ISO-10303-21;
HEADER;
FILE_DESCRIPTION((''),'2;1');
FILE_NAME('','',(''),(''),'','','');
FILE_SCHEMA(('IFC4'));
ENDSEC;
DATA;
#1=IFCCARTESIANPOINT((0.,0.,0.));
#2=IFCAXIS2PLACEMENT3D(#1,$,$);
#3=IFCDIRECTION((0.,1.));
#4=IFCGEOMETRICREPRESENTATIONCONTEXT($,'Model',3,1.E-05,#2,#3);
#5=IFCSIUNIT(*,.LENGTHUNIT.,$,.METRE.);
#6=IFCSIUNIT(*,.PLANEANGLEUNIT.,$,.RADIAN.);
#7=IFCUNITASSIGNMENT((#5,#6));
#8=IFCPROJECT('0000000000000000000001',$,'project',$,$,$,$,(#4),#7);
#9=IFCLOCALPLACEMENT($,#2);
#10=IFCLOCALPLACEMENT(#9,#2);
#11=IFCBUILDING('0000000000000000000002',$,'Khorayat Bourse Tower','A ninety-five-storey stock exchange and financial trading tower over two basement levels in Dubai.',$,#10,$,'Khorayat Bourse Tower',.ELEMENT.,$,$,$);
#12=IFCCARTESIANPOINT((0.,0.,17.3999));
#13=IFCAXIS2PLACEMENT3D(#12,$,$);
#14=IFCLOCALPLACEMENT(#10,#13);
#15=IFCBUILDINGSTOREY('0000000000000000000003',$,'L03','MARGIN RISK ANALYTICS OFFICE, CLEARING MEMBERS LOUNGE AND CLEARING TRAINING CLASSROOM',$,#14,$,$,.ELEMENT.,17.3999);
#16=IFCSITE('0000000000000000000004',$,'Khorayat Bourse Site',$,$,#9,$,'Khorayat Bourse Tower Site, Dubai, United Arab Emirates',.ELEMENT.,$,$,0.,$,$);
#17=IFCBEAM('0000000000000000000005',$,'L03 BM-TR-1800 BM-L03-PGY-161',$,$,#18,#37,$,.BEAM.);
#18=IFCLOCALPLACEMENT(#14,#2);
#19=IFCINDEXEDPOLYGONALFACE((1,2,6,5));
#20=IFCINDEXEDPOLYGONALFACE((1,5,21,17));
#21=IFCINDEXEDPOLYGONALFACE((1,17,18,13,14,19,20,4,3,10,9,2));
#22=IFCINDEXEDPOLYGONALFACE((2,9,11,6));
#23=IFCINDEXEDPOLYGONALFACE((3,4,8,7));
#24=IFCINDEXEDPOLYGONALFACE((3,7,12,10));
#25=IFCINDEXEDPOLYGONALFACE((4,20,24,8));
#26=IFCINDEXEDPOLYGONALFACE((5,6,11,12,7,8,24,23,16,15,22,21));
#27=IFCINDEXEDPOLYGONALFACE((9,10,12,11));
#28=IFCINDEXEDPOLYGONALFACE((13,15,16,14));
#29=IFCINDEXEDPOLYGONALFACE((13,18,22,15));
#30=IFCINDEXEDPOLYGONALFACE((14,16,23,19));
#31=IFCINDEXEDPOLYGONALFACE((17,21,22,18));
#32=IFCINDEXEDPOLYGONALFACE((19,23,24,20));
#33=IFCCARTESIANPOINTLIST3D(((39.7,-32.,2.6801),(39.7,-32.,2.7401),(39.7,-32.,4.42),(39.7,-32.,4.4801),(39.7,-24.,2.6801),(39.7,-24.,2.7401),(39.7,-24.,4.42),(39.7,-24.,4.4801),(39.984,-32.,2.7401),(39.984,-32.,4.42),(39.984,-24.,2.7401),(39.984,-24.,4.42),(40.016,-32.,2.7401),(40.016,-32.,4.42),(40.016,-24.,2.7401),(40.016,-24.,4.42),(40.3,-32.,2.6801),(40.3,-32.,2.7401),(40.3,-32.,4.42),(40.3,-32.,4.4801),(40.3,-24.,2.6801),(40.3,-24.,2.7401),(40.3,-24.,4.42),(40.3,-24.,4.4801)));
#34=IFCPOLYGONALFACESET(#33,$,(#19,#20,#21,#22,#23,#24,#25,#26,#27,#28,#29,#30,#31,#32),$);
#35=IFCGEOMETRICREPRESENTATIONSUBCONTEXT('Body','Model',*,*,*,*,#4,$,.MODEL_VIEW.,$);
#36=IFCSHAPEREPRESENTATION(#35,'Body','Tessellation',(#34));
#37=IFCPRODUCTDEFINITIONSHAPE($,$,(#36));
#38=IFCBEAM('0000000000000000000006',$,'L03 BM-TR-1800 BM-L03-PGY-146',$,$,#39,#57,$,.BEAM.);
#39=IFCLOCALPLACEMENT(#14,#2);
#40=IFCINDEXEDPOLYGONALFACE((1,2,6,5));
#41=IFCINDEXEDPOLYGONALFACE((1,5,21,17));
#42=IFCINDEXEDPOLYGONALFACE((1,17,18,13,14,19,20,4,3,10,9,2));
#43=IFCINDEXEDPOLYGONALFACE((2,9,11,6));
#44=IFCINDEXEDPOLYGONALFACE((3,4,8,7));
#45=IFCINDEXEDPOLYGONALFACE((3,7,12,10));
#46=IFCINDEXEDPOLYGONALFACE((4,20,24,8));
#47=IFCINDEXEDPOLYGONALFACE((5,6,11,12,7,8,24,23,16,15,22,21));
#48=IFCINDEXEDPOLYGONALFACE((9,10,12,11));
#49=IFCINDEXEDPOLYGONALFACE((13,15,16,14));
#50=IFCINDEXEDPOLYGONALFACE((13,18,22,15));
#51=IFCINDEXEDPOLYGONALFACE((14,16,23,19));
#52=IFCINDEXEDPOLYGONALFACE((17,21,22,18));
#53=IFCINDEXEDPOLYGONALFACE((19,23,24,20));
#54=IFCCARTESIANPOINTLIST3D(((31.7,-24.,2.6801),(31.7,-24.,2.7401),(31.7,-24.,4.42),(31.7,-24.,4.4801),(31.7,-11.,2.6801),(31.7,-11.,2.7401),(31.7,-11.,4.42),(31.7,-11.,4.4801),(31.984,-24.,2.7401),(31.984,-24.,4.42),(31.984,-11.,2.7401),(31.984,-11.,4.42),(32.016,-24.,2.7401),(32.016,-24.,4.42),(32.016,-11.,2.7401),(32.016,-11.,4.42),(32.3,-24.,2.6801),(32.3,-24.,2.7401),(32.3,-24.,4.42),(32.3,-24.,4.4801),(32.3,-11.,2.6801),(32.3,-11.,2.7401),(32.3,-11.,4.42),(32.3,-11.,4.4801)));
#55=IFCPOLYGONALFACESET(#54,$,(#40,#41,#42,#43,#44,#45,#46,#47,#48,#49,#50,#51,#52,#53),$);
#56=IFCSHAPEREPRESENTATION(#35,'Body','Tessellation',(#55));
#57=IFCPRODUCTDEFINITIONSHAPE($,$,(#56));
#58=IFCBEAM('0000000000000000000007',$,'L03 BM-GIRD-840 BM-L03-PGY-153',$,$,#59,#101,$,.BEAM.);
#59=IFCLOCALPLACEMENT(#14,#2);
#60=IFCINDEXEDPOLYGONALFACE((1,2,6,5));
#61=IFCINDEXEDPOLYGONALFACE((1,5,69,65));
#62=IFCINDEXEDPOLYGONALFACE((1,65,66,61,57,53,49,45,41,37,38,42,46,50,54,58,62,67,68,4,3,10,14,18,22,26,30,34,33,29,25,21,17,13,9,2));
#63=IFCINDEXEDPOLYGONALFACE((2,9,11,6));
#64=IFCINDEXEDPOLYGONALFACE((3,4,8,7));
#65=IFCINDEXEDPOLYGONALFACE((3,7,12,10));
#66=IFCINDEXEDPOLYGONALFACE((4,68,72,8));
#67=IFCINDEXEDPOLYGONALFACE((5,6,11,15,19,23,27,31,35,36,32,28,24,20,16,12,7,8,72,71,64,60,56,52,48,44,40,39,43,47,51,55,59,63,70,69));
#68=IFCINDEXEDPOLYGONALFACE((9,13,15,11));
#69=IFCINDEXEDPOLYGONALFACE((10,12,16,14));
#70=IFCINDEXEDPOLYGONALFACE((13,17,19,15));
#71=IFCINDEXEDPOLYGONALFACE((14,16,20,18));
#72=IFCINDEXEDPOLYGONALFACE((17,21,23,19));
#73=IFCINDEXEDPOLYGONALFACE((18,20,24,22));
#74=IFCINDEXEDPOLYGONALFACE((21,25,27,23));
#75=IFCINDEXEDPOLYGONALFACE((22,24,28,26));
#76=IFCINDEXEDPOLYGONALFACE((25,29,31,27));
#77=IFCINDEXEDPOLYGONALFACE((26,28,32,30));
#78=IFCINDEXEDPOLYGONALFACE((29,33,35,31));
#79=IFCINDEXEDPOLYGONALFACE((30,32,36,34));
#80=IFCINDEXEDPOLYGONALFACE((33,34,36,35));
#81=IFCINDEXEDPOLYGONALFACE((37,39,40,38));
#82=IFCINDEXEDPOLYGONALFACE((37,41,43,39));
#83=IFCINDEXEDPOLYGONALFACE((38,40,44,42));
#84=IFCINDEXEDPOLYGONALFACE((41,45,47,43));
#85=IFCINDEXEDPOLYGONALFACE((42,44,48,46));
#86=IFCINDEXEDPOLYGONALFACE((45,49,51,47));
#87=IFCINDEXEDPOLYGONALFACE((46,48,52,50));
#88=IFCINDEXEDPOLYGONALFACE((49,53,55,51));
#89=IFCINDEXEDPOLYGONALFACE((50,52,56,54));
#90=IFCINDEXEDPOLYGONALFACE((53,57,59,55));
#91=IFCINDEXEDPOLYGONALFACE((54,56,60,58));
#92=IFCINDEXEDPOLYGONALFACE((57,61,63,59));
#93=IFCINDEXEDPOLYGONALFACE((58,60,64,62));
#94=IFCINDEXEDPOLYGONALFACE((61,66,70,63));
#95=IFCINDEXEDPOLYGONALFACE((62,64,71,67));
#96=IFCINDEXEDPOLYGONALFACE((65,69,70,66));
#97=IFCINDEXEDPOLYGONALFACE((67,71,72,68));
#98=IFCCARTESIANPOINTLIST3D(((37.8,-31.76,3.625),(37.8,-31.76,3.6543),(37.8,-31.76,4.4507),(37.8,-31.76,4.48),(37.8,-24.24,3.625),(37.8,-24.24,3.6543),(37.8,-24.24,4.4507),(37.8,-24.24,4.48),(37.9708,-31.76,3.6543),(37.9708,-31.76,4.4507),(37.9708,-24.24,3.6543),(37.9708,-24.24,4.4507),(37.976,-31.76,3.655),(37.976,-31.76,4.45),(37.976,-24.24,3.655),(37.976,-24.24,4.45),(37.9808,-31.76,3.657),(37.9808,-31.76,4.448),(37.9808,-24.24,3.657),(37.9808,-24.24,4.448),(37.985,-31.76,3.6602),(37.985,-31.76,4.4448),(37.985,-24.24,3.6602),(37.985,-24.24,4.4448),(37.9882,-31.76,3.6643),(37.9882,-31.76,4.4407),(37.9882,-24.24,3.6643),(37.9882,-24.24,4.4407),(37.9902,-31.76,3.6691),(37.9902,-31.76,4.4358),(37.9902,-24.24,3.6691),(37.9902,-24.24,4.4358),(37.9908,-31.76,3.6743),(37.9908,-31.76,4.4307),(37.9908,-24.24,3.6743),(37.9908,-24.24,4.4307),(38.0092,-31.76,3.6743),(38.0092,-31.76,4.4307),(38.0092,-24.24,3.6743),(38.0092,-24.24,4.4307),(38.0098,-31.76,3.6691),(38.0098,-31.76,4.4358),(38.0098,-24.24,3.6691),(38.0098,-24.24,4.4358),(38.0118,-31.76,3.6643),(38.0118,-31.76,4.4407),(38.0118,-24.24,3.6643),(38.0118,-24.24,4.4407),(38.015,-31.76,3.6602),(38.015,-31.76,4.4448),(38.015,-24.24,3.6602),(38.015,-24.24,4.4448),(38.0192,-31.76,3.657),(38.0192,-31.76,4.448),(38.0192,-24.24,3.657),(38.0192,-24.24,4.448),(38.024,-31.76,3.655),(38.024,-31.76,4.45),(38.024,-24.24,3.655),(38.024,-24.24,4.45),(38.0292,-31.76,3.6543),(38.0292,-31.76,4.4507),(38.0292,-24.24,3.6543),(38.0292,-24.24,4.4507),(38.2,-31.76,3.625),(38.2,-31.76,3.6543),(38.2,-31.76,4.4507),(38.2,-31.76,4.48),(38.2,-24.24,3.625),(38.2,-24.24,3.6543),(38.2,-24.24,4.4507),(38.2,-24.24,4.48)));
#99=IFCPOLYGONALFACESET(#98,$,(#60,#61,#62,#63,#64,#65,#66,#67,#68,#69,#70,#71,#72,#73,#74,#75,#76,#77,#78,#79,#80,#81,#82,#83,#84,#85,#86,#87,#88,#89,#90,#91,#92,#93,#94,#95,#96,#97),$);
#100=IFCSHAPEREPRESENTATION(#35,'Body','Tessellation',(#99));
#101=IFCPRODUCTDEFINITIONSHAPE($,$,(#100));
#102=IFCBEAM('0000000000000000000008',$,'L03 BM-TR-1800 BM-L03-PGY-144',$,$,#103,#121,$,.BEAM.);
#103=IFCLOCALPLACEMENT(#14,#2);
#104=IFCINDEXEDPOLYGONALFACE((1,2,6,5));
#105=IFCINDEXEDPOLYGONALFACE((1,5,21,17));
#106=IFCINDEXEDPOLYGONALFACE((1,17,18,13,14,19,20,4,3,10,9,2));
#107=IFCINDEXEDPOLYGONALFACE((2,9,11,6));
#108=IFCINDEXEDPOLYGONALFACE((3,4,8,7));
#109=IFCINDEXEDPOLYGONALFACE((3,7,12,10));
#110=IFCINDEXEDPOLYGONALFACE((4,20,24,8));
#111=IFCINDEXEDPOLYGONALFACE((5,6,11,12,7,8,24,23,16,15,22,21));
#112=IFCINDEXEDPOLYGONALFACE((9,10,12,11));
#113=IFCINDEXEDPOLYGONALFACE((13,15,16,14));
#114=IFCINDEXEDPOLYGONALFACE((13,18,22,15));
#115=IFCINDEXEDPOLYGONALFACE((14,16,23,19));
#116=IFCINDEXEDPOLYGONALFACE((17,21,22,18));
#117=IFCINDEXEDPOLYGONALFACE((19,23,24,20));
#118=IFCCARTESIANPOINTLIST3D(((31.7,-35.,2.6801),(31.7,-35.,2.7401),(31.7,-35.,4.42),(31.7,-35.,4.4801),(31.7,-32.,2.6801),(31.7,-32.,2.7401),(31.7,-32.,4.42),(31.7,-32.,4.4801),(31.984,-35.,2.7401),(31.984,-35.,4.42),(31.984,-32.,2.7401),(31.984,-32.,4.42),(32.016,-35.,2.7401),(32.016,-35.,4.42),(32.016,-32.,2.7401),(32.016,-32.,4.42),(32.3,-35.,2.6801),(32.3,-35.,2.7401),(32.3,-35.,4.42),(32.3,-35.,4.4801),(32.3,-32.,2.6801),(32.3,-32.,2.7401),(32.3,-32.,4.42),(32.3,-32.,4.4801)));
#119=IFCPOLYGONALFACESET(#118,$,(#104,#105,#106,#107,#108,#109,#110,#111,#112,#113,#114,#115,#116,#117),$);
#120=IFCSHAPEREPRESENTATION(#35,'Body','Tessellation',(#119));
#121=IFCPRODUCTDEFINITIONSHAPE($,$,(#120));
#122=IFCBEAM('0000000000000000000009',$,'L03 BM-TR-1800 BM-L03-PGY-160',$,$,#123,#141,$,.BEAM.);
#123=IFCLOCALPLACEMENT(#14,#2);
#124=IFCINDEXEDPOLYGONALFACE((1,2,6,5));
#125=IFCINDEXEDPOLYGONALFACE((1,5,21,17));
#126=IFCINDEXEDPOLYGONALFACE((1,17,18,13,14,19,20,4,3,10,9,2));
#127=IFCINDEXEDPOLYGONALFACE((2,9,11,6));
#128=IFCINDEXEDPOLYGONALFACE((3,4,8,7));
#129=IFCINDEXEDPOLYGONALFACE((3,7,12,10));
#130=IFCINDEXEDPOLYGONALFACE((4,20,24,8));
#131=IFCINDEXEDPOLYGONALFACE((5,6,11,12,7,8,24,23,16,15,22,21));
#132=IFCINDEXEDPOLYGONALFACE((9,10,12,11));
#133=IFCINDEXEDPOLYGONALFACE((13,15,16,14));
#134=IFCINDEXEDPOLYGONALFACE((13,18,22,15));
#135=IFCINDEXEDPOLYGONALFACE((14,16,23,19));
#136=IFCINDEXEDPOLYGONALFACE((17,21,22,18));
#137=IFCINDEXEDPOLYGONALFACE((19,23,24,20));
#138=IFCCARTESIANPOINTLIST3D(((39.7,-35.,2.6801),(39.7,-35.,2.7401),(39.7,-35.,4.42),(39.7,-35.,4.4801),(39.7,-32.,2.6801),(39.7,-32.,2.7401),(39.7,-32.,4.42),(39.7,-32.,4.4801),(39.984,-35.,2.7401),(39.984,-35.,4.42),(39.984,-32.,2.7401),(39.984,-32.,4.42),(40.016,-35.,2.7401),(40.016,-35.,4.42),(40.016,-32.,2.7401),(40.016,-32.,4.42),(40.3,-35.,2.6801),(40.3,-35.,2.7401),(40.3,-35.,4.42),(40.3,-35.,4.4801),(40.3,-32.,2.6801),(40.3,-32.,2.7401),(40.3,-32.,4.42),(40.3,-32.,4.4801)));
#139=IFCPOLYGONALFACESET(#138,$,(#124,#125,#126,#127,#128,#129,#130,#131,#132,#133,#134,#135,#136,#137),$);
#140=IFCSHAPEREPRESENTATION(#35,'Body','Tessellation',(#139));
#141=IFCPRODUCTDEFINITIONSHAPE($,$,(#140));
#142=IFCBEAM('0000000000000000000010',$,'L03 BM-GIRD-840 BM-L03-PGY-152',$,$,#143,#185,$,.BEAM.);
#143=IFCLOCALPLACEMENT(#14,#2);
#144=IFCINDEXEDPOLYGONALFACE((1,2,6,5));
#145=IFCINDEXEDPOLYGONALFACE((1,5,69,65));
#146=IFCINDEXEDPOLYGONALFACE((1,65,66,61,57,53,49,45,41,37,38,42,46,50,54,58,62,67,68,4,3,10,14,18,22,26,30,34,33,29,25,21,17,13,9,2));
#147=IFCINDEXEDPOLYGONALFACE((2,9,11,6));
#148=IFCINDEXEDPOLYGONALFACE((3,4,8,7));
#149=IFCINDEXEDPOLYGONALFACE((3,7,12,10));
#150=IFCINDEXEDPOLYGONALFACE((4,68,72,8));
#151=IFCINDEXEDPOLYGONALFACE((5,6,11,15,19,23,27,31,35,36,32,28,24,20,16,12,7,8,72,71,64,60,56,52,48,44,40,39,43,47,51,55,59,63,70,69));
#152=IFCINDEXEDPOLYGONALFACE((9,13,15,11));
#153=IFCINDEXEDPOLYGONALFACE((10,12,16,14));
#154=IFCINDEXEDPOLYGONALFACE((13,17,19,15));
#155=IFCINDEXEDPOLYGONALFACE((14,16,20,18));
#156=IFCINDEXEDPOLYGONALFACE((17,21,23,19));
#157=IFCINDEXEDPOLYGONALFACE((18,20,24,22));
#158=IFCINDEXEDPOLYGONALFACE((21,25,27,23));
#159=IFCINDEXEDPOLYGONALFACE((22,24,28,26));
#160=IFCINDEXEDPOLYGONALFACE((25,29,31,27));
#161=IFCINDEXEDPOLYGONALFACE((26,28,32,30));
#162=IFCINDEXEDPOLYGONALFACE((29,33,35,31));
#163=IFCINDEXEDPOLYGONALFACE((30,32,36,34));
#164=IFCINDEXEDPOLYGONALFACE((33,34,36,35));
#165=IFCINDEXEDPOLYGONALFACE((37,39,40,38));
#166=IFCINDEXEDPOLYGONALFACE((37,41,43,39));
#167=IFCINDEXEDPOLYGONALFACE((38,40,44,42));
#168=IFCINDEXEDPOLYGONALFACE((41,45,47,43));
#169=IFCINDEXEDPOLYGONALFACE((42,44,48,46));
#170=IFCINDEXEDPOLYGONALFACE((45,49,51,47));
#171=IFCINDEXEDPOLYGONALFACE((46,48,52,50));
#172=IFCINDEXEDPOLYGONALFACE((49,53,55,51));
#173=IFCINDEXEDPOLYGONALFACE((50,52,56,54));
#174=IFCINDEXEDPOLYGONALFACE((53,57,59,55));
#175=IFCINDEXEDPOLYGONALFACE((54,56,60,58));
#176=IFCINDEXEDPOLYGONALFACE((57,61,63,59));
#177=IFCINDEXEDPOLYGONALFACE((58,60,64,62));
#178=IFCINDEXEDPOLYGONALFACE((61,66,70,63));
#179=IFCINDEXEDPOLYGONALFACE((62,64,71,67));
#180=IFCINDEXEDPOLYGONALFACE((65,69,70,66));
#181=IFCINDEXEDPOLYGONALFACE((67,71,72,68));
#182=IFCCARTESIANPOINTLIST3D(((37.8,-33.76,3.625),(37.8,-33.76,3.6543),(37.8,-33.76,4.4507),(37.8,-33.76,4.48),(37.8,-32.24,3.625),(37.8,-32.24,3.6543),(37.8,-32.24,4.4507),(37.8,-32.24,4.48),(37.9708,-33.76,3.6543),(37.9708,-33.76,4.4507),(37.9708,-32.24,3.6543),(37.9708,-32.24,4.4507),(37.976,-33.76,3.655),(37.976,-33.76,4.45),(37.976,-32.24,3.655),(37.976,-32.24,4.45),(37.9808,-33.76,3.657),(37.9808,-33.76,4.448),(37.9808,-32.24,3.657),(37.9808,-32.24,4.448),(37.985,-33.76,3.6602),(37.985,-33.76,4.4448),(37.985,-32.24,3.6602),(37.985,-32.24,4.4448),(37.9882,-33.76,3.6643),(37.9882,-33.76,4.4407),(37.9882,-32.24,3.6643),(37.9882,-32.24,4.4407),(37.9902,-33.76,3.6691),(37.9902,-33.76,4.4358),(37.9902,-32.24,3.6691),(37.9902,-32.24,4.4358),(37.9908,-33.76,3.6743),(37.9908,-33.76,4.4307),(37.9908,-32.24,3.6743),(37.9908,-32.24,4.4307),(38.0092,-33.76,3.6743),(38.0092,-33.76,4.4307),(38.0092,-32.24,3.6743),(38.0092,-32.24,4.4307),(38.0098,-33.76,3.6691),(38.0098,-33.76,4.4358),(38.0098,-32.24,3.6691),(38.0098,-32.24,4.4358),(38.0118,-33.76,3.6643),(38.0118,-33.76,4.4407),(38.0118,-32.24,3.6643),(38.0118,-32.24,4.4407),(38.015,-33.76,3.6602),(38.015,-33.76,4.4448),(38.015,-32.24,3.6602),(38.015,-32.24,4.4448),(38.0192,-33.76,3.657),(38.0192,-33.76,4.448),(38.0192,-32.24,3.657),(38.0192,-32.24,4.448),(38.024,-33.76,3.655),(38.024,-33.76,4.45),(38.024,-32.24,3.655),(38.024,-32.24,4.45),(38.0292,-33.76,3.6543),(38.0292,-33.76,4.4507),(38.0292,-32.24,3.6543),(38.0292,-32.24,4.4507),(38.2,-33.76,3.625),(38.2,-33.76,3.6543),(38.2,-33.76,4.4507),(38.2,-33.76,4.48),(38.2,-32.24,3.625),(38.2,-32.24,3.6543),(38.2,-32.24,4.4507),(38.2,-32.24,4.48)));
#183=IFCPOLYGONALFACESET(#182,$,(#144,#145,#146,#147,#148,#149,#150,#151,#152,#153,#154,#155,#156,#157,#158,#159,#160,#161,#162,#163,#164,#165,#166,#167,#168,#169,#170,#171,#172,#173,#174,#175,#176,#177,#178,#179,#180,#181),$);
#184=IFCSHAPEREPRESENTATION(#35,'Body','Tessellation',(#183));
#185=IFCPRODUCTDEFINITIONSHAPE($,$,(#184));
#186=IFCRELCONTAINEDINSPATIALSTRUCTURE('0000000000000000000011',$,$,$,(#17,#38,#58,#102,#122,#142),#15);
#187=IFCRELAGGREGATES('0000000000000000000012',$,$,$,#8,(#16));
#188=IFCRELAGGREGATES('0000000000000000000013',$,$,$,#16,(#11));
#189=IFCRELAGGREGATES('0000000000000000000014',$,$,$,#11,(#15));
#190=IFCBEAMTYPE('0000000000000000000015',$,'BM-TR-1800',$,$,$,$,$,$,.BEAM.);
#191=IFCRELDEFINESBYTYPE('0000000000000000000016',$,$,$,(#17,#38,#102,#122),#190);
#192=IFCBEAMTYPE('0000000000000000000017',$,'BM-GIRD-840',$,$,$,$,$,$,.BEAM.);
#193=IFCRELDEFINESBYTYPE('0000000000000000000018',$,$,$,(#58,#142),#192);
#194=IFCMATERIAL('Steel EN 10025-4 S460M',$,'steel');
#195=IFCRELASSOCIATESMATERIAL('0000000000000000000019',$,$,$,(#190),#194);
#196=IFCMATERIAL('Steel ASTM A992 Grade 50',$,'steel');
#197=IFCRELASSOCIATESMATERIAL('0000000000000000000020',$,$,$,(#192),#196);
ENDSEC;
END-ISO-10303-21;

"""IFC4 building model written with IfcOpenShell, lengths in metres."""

from ifc_helpers import new_model, si_unit, direction, frame, origin, origin_2d, place, context, subcontext, project, spatial, i_section, extrude, source, transform, mapped, material, material_profile, profile_set, type_object, element, save


model = new_model("IFC4")

# Units and contexts
model_context = context("Model", 3, precision=1e-05, world=origin(), true_north=direction((0.0, 1.0)))
body_context = subcontext(model_context, "Body", "Model", "MODEL_VIEW")
ifc_project = project(units=[si_unit("LENGTHUNIT", "METRE"), si_unit("PLANEANGLEUNIT", "RADIAN")], contexts=[model_context])

# Site, building, storey
site_placement = place(None, origin())
site = spatial("IfcSite", under=ifc_project, at=site_placement, Name="Khorayat Bourse Site", LongName="Khorayat Bourse Tower Site, Dubai, United Arab Emirates", CompositionType="ELEMENT", RefElevation=0.0)
building_placement = place(site_placement, origin())
building = spatial("IfcBuilding", under=site, at=building_placement, Name="Khorayat Bourse Tower", Description="A ninety-five-storey stock exchange and financial trading tower over two basement levels in Dubai.", LongName="Khorayat Bourse Tower", CompositionType="ELEMENT")
storey_placement = place(building_placement, frame((0.0, 0.0, 17.3999)))
storey = spatial("IfcBuildingStorey", under=building, at=storey_placement, Name="L03", Description="MARGIN RISK ANALYTICS OFFICE, CLEARING MEMBERS LOUNGE AND CLEARING TRAINING CLASSROOM", CompositionType="ELEMENT", Elevation=17.3999)

# Beams
ifc_material_1 = material(Name="Steel EN 10025-4 S460M", Category="steel")
ifc_material_profile_1 = material_profile(ifc_material_1, i_section(OverallWidth=0.6001, OverallDepth=1.8, WebThickness=0.032, FlangeThickness=0.0601, at=origin_2d()), Name="PG 1800x600x32x60")
ifc_profile_set_1 = profile_set([ifc_material_profile_1], Name="Steel EN 10025-4 S460M")
beam_type_1 = type_object("IfcBeamType", Name="BM-TR-1800", PredefinedType="BEAM", material=ifc_profile_set_1)
shared_shape_1 = source(origin(), body_context, "Body", "SweptSolid", [
    extrude(i_section(OverallWidth=0.6001, OverallDepth=1.8, WebThickness=0.032, FlangeThickness=0.0601, at=origin_2d()), origin(), (0.0, 0.0, 1.0), 8.0),
])
for number, where, z_axis, x_axis, name in (
    (1, (40.0, -32.0, 3.5801), (0.0, 1.0, 0.0), (-1.0, 0.0, 0.0), "L03 BM-TR-1800 BM-L03-PGY-161"),
):
    element("IfcBeam", number, at=place(storey_placement, frame(where, z_axis=z_axis, x_axis=x_axis)), inside=storey, type_object=beam_type_1, Name=name, PredefinedType="BEAM", context=body_context, shape_type="MappedRepresentation", body=[
        mapped(shared_shape_1, transform((0.0, 0.0, 0.0), scale=1.0)),
    ])
shared_shape_2 = source(origin(), body_context, "Body", "SweptSolid", [
    extrude(i_section(OverallWidth=0.6001, OverallDepth=1.8, WebThickness=0.032, FlangeThickness=0.0601, at=origin_2d()), origin(), (0.0, 0.0, 1.0), 13.0),
])
beam_1_placement = place(storey_placement, frame((32.0, -24.0, 3.5801), z_axis=(0.0, 1.0, 0.0), x_axis=(-1.0, 0.0, 0.0)))
element("IfcBeam", 2, at=beam_1_placement, inside=storey, type_object=beam_type_1, Name="L03 BM-TR-1800 BM-L03-PGY-146", PredefinedType="BEAM", context=body_context, shape_type="MappedRepresentation", body=[
    mapped(shared_shape_2, transform((0.0, 0.0, 0.0), scale=1.0)),
])
ifc_material_2 = material(Name="Steel ASTM A992 Grade 50", Category="steel")
ifc_material_profile_2 = material_profile(ifc_material_2, i_section(OverallWidth=0.3999, OverallDepth=0.855, WebThickness=0.0183, FlangeThickness=0.0293, FilletRadius=0.02, at=origin_2d()), Name="W840X299")
ifc_profile_set_2 = profile_set([ifc_material_profile_2], Name="Steel ASTM A992 Grade 50")
beam_type_2 = type_object("IfcBeamType", Name="BM-GIRD-840", PredefinedType="BEAM", material=ifc_profile_set_2)
shared_shape_3 = source(origin(), body_context, "Body", "SweptSolid", [
    extrude(i_section(OverallWidth=0.3999, OverallDepth=0.855, WebThickness=0.0183, FlangeThickness=0.0293, FilletRadius=0.02, at=origin_2d()), origin(), (0.0, 0.0, 1.0), 7.52),
])
beam_2_placement = place(storey_placement, frame((38.0, -31.76, 4.0525), z_axis=(0.0, 1.0, 0.0), x_axis=(-1.0, 0.0, 0.0)))
element("IfcBeam", 3, at=beam_2_placement, inside=storey, type_object=beam_type_2, Name="L03 BM-GIRD-840 BM-L03-PGY-153", PredefinedType="BEAM", context=body_context, shape_type="MappedRepresentation", body=[
    mapped(shared_shape_3, transform((0.0, 0.0, 0.0), scale=1.0)),
])
shared_shape_4 = source(origin(), body_context, "Body", "SweptSolid", [
    extrude(i_section(OverallWidth=0.6001, OverallDepth=1.8, WebThickness=0.032, FlangeThickness=0.0601, at=origin_2d()), origin(), (0.0, 0.0, 1.0), 3.0),
])
for number, where, z_axis, x_axis, name in (
    (4, (32.0, -35.0, 3.5801), (0.0, 1.0, 0.0), (-1.0, 0.0, 0.0), "L03 BM-TR-1800 BM-L03-PGY-144"),
    (5, (40.0, -35.0, 3.5801), (0.0, 1.0, 0.0), (-1.0, 0.0, 0.0), "L03 BM-TR-1800 BM-L03-PGY-160"),
):
    element("IfcBeam", number, at=place(storey_placement, frame(where, z_axis=z_axis, x_axis=x_axis)), inside=storey, type_object=beam_type_1, Name=name, PredefinedType="BEAM", context=body_context, shape_type="MappedRepresentation", body=[
        mapped(shared_shape_4, transform((0.0, 0.0, 0.0), scale=1.0)),
    ])
shared_shape_5 = source(origin(), body_context, "Body", "SweptSolid", [
    extrude(i_section(OverallWidth=0.3999, OverallDepth=0.855, WebThickness=0.0183, FlangeThickness=0.0293, FilletRadius=0.02, at=origin_2d()), origin(), (0.0, 0.0, 1.0), 1.52),
])
beam_3_placement = place(storey_placement, frame((38.0, -33.76, 4.0525), z_axis=(0.0, 1.0, 0.0), x_axis=(-1.0, 0.0, 0.0)))
element("IfcBeam", 6, at=beam_3_placement, inside=storey, type_object=beam_type_2, Name="L03 BM-GIRD-840 BM-L03-PGY-152", PredefinedType="BEAM", context=body_context, shape_type="MappedRepresentation", body=[
    mapped(shared_shape_5, transform((0.0, 0.0, 0.0), scale=1.0)),
])

save(model, "model.ifc")
